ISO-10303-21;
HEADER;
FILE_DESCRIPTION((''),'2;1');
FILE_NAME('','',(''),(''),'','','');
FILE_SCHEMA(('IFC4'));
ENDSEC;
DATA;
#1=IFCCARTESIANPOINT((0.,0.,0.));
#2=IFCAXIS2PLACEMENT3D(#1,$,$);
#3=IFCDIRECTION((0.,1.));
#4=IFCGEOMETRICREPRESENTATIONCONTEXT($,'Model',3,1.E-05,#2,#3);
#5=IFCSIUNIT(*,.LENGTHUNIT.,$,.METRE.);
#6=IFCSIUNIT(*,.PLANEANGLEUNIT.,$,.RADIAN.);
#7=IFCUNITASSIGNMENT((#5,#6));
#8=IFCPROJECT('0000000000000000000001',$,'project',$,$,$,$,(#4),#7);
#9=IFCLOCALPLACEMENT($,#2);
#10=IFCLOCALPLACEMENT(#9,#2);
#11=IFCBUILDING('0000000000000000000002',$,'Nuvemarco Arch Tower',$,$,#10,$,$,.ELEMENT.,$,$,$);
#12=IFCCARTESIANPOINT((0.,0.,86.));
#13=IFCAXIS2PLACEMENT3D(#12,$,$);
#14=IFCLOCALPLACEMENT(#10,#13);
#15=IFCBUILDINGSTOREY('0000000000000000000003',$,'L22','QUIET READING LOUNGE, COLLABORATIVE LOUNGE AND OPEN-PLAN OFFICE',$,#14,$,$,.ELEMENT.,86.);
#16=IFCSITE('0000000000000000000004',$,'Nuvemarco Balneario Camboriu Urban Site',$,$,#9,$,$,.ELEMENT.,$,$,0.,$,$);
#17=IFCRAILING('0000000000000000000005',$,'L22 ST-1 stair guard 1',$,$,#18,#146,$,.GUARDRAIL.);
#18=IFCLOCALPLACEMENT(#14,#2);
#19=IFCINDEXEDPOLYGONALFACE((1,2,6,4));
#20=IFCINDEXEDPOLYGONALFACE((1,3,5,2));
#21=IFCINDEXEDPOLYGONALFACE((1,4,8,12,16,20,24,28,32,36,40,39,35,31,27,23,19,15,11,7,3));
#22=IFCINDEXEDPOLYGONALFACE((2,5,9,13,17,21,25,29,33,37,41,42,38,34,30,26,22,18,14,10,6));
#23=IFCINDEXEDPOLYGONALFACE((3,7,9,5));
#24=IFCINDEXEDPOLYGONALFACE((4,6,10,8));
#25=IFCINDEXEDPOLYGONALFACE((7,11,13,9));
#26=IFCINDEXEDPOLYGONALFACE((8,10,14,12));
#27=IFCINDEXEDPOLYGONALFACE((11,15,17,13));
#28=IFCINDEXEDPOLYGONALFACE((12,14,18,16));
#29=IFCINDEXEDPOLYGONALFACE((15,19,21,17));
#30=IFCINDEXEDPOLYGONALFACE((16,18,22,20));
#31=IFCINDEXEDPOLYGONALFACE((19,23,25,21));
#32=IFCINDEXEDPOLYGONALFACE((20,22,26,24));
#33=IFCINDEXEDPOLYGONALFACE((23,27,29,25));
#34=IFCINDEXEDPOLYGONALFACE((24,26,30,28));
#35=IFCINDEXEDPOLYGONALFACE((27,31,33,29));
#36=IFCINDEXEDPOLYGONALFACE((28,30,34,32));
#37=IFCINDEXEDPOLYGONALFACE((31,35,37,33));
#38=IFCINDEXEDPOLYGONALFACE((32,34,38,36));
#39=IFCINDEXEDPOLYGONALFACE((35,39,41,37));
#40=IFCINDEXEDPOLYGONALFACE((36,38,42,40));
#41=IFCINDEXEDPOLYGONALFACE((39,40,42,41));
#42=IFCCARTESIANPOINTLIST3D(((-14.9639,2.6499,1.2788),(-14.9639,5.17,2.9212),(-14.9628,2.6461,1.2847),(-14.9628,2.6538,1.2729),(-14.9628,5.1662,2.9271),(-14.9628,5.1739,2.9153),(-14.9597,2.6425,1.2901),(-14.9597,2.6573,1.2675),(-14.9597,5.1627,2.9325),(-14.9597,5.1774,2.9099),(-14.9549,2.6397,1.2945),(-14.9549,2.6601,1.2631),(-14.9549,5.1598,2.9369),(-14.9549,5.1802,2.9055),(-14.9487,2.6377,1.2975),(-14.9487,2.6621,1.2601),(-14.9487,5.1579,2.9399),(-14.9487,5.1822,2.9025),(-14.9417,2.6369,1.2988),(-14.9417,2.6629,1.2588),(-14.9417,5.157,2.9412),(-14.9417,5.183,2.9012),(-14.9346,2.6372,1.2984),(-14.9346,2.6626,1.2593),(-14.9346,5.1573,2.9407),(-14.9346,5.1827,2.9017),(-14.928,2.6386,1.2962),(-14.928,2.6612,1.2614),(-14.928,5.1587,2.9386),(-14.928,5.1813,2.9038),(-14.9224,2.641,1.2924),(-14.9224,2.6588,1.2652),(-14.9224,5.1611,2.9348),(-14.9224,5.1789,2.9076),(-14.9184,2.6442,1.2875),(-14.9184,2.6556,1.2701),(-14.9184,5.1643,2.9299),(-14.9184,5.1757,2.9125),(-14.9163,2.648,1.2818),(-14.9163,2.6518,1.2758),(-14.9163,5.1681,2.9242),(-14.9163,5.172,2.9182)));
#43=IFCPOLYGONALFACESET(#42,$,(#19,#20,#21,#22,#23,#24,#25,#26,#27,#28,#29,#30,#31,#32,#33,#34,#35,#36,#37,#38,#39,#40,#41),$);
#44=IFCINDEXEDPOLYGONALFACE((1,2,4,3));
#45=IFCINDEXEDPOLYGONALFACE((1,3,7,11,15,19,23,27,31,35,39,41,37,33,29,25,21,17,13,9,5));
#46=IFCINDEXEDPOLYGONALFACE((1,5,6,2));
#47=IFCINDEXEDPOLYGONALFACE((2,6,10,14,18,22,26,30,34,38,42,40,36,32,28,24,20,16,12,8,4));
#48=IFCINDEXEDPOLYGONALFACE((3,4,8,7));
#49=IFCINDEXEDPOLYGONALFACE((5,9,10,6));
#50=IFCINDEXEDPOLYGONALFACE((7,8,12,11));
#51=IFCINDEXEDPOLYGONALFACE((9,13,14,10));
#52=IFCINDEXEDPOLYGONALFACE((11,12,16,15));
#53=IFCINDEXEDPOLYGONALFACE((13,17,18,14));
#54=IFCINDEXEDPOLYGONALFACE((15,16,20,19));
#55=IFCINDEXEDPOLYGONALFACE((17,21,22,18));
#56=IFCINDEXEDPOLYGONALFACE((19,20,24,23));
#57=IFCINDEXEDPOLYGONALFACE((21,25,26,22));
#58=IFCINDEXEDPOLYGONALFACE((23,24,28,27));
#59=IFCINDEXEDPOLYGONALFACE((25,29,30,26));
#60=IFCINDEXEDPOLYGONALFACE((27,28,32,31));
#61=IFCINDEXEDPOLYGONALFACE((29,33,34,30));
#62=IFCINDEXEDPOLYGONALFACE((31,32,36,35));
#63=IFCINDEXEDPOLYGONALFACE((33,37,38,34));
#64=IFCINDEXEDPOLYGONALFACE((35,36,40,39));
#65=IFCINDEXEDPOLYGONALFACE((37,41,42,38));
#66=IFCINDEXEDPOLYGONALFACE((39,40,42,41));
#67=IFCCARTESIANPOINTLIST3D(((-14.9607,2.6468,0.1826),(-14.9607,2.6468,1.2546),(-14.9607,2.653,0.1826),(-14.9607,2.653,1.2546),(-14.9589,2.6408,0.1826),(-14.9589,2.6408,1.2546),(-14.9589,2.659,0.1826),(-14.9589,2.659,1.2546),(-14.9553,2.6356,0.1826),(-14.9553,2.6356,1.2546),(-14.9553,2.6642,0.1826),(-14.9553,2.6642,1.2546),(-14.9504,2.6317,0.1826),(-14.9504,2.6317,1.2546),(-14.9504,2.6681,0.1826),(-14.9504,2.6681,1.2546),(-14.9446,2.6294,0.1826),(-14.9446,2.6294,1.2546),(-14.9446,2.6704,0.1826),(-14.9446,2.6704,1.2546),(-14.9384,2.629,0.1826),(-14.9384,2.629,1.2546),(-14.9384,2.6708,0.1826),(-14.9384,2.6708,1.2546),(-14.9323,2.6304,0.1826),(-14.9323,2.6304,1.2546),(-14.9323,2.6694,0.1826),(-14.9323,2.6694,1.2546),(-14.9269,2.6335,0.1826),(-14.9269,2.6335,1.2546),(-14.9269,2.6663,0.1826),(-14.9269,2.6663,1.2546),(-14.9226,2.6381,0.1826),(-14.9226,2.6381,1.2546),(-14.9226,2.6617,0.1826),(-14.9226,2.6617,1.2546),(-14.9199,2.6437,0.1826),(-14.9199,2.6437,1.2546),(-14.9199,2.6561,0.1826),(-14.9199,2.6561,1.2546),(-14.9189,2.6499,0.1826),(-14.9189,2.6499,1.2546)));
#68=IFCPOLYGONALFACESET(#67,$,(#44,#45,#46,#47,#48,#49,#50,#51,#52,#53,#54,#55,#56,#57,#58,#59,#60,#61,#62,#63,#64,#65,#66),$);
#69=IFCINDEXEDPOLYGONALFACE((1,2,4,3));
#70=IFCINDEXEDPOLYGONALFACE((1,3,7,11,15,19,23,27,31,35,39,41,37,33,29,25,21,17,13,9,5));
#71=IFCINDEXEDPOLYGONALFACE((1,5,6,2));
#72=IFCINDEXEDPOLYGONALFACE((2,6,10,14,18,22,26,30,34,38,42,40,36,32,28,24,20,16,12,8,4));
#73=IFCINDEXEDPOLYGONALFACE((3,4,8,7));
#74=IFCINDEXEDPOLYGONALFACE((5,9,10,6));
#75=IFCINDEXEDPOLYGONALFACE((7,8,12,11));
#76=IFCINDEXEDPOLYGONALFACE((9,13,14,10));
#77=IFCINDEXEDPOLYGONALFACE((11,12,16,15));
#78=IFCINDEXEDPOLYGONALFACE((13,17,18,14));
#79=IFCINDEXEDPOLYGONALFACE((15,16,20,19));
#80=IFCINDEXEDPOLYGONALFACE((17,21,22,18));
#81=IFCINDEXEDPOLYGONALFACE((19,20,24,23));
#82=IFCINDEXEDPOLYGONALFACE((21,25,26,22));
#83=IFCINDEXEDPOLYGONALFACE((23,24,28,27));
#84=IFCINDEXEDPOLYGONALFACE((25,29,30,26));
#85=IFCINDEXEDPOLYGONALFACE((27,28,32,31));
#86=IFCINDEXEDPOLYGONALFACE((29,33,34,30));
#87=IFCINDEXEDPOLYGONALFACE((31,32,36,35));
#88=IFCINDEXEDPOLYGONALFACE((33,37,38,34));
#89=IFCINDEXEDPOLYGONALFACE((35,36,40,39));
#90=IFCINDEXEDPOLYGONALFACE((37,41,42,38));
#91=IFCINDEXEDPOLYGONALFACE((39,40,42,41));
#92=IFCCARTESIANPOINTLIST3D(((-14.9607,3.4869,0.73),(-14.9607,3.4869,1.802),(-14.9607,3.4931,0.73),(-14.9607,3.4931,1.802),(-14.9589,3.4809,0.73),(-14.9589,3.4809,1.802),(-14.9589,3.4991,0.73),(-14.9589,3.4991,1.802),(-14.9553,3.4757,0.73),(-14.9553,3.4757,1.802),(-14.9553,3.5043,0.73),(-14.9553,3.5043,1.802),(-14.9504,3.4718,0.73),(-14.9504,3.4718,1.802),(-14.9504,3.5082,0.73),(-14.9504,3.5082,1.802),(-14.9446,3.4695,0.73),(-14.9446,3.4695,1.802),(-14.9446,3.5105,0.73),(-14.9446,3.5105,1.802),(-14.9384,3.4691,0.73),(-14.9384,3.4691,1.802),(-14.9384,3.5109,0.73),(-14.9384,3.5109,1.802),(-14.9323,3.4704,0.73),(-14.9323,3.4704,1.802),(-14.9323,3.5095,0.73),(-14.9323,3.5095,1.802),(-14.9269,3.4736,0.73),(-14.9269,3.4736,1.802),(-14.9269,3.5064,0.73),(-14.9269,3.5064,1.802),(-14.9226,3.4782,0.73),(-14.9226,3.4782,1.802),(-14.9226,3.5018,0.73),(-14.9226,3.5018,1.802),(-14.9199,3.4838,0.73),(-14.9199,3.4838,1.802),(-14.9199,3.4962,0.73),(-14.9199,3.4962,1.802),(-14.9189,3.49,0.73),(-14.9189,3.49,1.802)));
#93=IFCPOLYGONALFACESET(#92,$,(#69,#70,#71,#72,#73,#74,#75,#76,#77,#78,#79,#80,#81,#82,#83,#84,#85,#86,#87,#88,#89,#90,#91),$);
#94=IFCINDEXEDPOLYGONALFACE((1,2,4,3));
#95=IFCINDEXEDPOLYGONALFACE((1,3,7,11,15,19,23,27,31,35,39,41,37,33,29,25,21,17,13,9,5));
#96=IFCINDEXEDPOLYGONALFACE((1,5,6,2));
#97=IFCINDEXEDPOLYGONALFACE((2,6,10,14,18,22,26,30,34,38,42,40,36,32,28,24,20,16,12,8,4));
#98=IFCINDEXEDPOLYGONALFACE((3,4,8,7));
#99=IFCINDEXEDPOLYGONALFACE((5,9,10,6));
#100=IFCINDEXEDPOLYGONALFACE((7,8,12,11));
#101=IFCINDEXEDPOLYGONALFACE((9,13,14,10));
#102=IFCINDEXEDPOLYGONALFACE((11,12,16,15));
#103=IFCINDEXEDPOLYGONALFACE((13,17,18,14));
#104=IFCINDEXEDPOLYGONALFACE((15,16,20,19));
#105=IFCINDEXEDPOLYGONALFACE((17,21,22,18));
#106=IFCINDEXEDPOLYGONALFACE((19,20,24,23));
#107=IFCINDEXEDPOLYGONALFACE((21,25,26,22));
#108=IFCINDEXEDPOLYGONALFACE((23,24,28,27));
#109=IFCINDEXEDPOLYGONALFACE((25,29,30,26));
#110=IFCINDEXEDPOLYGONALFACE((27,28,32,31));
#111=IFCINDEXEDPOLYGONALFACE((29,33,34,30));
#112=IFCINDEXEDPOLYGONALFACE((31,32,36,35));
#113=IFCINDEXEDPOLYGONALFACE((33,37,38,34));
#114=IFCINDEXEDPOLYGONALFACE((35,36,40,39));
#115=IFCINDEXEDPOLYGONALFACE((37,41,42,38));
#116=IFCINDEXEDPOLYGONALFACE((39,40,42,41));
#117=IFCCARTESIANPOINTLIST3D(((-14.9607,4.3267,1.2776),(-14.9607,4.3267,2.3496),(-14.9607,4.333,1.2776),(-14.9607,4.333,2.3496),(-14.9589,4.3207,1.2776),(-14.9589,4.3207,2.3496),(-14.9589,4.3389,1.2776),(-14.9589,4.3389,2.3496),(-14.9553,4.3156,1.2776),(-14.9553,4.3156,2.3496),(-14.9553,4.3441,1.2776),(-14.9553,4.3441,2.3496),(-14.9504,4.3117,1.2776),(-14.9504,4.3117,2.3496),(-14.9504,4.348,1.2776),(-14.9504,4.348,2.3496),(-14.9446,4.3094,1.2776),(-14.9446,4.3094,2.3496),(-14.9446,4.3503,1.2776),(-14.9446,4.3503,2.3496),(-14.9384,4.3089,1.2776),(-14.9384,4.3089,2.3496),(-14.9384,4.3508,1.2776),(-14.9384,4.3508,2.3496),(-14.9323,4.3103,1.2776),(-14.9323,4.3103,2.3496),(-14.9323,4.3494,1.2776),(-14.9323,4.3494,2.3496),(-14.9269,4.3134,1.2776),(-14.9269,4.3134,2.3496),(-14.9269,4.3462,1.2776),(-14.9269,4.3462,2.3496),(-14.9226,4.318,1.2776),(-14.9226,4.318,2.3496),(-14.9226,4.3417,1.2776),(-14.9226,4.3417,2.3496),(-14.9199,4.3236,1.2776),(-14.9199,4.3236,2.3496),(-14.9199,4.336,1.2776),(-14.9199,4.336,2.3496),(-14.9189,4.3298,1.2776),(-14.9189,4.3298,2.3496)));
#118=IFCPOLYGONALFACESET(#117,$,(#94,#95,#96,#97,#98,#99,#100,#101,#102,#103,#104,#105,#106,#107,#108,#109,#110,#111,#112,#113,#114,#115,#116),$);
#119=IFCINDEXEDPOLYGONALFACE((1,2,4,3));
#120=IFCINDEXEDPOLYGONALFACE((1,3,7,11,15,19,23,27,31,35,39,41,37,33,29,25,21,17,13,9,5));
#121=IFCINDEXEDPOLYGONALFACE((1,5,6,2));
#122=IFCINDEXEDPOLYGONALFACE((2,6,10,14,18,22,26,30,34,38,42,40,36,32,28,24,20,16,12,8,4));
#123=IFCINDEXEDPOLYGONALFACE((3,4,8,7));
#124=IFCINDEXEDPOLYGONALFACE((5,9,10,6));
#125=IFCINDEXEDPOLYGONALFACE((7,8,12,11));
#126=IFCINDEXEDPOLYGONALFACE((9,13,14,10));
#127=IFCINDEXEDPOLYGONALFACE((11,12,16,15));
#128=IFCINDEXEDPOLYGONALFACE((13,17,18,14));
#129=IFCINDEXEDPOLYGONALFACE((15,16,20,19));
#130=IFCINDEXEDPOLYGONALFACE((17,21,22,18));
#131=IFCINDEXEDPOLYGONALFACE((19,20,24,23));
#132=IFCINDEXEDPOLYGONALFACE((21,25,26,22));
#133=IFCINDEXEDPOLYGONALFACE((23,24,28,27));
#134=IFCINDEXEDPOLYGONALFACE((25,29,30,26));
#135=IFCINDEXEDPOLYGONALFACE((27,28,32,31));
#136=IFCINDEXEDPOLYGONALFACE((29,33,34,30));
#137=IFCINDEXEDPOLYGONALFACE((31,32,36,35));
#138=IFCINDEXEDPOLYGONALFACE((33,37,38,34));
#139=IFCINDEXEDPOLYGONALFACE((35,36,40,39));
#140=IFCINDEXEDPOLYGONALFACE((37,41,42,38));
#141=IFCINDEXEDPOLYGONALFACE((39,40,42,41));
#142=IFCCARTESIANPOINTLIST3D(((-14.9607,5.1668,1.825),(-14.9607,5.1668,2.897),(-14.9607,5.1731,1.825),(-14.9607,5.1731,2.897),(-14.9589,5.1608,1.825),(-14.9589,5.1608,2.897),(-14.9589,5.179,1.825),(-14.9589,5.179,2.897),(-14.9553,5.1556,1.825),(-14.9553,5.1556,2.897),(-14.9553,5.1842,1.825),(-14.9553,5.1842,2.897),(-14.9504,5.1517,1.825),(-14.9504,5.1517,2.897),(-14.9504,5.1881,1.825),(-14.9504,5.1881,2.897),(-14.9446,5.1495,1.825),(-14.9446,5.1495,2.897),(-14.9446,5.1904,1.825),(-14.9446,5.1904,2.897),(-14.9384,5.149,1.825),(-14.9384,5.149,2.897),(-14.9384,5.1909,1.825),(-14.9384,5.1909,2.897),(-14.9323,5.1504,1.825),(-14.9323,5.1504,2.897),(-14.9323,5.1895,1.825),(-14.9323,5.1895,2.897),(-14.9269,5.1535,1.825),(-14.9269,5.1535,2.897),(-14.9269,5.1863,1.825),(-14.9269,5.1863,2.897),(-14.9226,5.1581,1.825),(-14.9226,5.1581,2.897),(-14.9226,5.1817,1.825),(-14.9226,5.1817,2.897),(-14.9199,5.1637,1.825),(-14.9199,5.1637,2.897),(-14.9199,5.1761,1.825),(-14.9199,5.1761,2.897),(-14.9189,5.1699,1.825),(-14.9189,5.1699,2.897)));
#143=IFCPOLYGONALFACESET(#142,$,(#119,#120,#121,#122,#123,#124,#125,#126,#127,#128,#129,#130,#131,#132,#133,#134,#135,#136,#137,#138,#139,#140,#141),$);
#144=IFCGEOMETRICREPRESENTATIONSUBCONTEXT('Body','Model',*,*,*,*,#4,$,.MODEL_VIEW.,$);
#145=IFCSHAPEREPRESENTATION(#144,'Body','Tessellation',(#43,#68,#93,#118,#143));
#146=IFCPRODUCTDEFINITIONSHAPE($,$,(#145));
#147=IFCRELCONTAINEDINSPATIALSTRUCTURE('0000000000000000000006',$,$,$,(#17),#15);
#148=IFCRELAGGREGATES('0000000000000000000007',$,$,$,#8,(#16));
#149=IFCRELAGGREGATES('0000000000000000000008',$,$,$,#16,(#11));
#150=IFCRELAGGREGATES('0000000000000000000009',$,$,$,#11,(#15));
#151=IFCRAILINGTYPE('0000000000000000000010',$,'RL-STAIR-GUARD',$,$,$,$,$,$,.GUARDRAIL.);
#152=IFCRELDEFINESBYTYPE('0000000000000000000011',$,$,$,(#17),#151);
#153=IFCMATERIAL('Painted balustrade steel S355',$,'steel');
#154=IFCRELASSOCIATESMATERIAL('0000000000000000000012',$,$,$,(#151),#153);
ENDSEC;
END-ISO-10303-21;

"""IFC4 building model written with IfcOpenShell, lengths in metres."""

from ifc_helpers import new_model, si_unit, direction, frame, origin, origin_2d, place, context, subcontext, project, spatial, circle, extrude, material, type_object, element, save


model = new_model("IFC4")

# Units and contexts
model_context = context("Model", 3, precision=1e-05, world=origin(), true_north=direction((0.0, 1.0)))
body_context = subcontext(model_context, "Body", "Model", "MODEL_VIEW")
ifc_project = project(units=[si_unit("LENGTHUNIT", "METRE"), si_unit("PLANEANGLEUNIT", "RADIAN")], contexts=[model_context])

# Site, building, storey
site_placement = place(None, origin())
site = spatial("IfcSite", under=ifc_project, at=site_placement, Name="Nuvemarco Balneario Camboriu Urban Site", CompositionType="ELEMENT", RefElevation=0.0)
building_placement = place(site_placement, origin())
building = spatial("IfcBuilding", under=site, at=building_placement, Name="Nuvemarco Arch Tower", CompositionType="ELEMENT")
storey_placement = place(building_placement, frame((0.0, 0.0, 86.0)))
storey = spatial("IfcBuildingStorey", under=building, at=storey_placement, Name="L22", Description="QUIET READING LOUNGE, COLLABORATIVE LOUNGE AND OPEN-PLAN OFFICE", CompositionType="ELEMENT", Elevation=86.0)

# Railing
ifc_material_1 = material(Name="Painted balustrade steel S355", Category="steel")
railing_type_1 = type_object("IfcRailingType", Name="RL-STAIR-GUARD", PredefinedType="GUARDRAIL", material=ifc_material_1)
railing_1_placement = place(storey_placement, frame((-14.9399, 2.6499, 0.1826)))
element("IfcRailing", 1, at=railing_1_placement, inside=storey, type_object=railing_type_1, Name="L22 ST-1 stair guard 1", PredefinedType="GUARDRAIL", context=body_context, shape_type="SweptSolid", body=[
    extrude(circle(Radius=0.0239, at=origin_2d()), frame((0.0, 0.0, 1.0962), z_axis=(0.0, 0.837787, 0.545998), x_axis=(-1.0, 0.0, 0.0)), (0.0, 0.0, 1.0), 3.0081),
    extrude(circle(Radius=0.021, at=origin_2d()), origin(), (0.0, 0.0, 1.0), 1.072),
    extrude(circle(Radius=0.021, at=origin_2d()), frame((0.0, 0.8401, 0.5474)), (0.0, 0.0, 1.0), 1.072),
    extrude(circle(Radius=0.021, at=origin_2d()), frame((0.0, 1.6799, 1.095)), (0.0, 0.0, 1.0), 1.072),
    extrude(circle(Radius=0.021, at=origin_2d()), frame((0.0, 2.52, 1.6423)), (0.0, 0.0, 1.0), 1.072),
])

save(model, "model.ifc")
